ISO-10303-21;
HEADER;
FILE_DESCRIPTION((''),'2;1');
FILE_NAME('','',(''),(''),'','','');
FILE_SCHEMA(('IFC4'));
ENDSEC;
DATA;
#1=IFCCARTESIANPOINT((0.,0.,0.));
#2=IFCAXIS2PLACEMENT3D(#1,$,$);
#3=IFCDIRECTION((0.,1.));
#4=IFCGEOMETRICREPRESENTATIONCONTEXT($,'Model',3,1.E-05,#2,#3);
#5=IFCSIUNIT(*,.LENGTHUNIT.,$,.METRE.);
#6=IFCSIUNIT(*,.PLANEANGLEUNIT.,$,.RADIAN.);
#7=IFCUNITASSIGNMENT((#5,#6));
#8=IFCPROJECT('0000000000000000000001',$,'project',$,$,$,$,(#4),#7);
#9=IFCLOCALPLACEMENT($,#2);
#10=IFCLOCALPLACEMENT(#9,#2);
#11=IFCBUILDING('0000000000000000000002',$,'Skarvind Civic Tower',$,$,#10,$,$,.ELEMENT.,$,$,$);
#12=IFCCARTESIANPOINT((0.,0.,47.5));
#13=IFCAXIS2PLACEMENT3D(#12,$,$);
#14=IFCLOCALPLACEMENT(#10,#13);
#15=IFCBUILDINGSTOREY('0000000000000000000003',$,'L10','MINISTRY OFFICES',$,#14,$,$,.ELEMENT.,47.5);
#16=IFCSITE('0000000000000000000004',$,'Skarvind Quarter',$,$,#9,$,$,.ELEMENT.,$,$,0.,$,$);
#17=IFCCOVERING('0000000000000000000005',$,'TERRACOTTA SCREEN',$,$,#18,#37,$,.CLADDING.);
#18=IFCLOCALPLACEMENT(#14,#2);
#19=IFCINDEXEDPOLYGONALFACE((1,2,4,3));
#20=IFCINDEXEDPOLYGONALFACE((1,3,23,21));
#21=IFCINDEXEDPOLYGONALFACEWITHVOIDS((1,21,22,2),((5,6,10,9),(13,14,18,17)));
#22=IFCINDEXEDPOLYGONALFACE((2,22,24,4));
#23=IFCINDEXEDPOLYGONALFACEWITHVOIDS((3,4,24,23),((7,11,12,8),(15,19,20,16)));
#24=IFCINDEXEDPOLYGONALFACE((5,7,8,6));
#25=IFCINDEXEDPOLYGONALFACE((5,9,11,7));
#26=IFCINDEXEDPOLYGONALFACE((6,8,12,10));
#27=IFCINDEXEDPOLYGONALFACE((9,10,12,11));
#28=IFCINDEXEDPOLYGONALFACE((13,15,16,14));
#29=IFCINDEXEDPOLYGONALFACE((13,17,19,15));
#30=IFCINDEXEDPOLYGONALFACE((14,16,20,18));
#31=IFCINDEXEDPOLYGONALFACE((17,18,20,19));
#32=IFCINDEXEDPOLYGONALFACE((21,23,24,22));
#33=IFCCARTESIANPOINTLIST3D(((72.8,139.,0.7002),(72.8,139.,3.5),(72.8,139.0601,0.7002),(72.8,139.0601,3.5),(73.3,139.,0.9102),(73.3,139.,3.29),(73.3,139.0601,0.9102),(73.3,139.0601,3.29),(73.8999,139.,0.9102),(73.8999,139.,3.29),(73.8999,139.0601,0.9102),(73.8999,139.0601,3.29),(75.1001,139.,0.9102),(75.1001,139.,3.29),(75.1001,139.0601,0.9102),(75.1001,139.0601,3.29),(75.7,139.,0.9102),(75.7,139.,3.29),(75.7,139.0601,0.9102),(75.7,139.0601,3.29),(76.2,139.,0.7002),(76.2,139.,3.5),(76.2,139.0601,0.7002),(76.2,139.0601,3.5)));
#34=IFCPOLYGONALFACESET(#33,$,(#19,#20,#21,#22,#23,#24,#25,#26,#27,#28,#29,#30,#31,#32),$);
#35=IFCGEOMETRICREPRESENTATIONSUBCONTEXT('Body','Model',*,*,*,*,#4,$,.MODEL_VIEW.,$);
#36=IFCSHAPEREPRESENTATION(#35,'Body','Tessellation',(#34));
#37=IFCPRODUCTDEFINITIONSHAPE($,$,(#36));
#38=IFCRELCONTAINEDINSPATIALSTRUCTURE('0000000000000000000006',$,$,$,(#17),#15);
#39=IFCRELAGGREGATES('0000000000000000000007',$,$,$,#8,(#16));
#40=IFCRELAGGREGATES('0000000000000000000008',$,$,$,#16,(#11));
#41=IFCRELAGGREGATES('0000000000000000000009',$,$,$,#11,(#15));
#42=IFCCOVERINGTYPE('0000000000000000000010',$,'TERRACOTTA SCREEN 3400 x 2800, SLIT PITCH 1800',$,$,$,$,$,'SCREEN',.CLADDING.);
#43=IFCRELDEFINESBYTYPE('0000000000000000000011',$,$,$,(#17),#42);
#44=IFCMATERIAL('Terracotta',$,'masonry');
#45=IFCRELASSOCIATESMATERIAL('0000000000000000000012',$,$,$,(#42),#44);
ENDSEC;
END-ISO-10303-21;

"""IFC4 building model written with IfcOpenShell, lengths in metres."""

from ifc_helpers import new_model, si_unit, direction, frame, origin, place, context, subcontext, project, spatial, polyline, outline, extrude, material, material_profile, profile_set, type_object, element, save


model = new_model("IFC4")

# Units and contexts
model_context = context("Model", 3, precision=1e-05, world=origin(), true_north=direction((0.0, 1.0)))
body_context = subcontext(model_context, "Body", "Model", "MODEL_VIEW")
ifc_project = project(units=[si_unit("LENGTHUNIT", "METRE"), si_unit("PLANEANGLEUNIT", "RADIAN")], contexts=[model_context])

# Site, building, storey
site_placement = place(None, origin())
site = spatial("IfcSite", under=ifc_project, at=site_placement, Name="Skarvind Quarter", CompositionType="ELEMENT", RefElevation=0.0)
building_placement = place(site_placement, origin())
building = spatial("IfcBuilding", under=site, at=building_placement, Name="Skarvind Civic Tower", CompositionType="ELEMENT")
storey_placement = place(building_placement, frame((0.0, 0.0, 47.5)))
storey = spatial("IfcBuildingStorey", under=building, at=storey_placement, Name="L10", Description="MINISTRY OFFICES", CompositionType="ELEMENT", Elevation=47.5)

# Covering
ifc_material_1 = material(Name="Terracotta", Category="masonry")
ifc_material_profile_1 = material_profile(ifc_material_1, outline(polyline([(-1.7, -1.3999), (1.7, -1.3999), (1.7, 1.3999), (-1.7, 1.3999), (-1.7, -1.3999)]), holes=[polyline([(-1.2, -1.1899), (-0.6001, -1.1899), (-0.6001, 1.1899), (-1.2, 1.1899), (-1.2, -1.1899)]), polyline([(0.6001, -1.1899), (1.2, -1.1899), (1.2, 1.1899), (0.6001, 1.1899), (0.6001, -1.1899)])]), Name="TERRACOTTA SCREEN 3400 x 2800, SLIT PITCH 1800")
ifc_profile_set_1 = profile_set([ifc_material_profile_1], Name="Terracotta")
covering_type_1 = type_object("IfcCoveringType", Name="TERRACOTTA SCREEN 3400 x 2800, SLIT PITCH 1800", ElementType="SCREEN", PredefinedType="CLADDING", material=ifc_profile_set_1)
covering_placement = place(storey_placement, frame((74.5, 139.0, 2.1001), z_axis=(0.0, 1.0, 0.0), x_axis=(-1.0, 0.0, 0.0)))
element("IfcCovering", 1, at=covering_placement, inside=storey, type_object=covering_type_1, Name="TERRACOTTA SCREEN", PredefinedType="CLADDING", context=body_context, shape_type="SweptSolid", body=[
    extrude(outline(polyline([(-1.7, -1.3999), (1.7, -1.3999), (1.7, 1.3999), (-1.7, 1.3999), (-1.7, -1.3999)]), holes=[polyline([(-1.2, -1.1899), (-0.6001, -1.1899), (-0.6001, 1.1899), (-1.2, 1.1899), (-1.2, -1.1899)]), polyline([(0.6001, -1.1899), (1.2, -1.1899), (1.2, 1.1899), (0.6001, 1.1899), (0.6001, -1.1899)])]), origin(), (0.0, 0.0, 1.0), 0.0601),
])

save(model, "model.ifc")
